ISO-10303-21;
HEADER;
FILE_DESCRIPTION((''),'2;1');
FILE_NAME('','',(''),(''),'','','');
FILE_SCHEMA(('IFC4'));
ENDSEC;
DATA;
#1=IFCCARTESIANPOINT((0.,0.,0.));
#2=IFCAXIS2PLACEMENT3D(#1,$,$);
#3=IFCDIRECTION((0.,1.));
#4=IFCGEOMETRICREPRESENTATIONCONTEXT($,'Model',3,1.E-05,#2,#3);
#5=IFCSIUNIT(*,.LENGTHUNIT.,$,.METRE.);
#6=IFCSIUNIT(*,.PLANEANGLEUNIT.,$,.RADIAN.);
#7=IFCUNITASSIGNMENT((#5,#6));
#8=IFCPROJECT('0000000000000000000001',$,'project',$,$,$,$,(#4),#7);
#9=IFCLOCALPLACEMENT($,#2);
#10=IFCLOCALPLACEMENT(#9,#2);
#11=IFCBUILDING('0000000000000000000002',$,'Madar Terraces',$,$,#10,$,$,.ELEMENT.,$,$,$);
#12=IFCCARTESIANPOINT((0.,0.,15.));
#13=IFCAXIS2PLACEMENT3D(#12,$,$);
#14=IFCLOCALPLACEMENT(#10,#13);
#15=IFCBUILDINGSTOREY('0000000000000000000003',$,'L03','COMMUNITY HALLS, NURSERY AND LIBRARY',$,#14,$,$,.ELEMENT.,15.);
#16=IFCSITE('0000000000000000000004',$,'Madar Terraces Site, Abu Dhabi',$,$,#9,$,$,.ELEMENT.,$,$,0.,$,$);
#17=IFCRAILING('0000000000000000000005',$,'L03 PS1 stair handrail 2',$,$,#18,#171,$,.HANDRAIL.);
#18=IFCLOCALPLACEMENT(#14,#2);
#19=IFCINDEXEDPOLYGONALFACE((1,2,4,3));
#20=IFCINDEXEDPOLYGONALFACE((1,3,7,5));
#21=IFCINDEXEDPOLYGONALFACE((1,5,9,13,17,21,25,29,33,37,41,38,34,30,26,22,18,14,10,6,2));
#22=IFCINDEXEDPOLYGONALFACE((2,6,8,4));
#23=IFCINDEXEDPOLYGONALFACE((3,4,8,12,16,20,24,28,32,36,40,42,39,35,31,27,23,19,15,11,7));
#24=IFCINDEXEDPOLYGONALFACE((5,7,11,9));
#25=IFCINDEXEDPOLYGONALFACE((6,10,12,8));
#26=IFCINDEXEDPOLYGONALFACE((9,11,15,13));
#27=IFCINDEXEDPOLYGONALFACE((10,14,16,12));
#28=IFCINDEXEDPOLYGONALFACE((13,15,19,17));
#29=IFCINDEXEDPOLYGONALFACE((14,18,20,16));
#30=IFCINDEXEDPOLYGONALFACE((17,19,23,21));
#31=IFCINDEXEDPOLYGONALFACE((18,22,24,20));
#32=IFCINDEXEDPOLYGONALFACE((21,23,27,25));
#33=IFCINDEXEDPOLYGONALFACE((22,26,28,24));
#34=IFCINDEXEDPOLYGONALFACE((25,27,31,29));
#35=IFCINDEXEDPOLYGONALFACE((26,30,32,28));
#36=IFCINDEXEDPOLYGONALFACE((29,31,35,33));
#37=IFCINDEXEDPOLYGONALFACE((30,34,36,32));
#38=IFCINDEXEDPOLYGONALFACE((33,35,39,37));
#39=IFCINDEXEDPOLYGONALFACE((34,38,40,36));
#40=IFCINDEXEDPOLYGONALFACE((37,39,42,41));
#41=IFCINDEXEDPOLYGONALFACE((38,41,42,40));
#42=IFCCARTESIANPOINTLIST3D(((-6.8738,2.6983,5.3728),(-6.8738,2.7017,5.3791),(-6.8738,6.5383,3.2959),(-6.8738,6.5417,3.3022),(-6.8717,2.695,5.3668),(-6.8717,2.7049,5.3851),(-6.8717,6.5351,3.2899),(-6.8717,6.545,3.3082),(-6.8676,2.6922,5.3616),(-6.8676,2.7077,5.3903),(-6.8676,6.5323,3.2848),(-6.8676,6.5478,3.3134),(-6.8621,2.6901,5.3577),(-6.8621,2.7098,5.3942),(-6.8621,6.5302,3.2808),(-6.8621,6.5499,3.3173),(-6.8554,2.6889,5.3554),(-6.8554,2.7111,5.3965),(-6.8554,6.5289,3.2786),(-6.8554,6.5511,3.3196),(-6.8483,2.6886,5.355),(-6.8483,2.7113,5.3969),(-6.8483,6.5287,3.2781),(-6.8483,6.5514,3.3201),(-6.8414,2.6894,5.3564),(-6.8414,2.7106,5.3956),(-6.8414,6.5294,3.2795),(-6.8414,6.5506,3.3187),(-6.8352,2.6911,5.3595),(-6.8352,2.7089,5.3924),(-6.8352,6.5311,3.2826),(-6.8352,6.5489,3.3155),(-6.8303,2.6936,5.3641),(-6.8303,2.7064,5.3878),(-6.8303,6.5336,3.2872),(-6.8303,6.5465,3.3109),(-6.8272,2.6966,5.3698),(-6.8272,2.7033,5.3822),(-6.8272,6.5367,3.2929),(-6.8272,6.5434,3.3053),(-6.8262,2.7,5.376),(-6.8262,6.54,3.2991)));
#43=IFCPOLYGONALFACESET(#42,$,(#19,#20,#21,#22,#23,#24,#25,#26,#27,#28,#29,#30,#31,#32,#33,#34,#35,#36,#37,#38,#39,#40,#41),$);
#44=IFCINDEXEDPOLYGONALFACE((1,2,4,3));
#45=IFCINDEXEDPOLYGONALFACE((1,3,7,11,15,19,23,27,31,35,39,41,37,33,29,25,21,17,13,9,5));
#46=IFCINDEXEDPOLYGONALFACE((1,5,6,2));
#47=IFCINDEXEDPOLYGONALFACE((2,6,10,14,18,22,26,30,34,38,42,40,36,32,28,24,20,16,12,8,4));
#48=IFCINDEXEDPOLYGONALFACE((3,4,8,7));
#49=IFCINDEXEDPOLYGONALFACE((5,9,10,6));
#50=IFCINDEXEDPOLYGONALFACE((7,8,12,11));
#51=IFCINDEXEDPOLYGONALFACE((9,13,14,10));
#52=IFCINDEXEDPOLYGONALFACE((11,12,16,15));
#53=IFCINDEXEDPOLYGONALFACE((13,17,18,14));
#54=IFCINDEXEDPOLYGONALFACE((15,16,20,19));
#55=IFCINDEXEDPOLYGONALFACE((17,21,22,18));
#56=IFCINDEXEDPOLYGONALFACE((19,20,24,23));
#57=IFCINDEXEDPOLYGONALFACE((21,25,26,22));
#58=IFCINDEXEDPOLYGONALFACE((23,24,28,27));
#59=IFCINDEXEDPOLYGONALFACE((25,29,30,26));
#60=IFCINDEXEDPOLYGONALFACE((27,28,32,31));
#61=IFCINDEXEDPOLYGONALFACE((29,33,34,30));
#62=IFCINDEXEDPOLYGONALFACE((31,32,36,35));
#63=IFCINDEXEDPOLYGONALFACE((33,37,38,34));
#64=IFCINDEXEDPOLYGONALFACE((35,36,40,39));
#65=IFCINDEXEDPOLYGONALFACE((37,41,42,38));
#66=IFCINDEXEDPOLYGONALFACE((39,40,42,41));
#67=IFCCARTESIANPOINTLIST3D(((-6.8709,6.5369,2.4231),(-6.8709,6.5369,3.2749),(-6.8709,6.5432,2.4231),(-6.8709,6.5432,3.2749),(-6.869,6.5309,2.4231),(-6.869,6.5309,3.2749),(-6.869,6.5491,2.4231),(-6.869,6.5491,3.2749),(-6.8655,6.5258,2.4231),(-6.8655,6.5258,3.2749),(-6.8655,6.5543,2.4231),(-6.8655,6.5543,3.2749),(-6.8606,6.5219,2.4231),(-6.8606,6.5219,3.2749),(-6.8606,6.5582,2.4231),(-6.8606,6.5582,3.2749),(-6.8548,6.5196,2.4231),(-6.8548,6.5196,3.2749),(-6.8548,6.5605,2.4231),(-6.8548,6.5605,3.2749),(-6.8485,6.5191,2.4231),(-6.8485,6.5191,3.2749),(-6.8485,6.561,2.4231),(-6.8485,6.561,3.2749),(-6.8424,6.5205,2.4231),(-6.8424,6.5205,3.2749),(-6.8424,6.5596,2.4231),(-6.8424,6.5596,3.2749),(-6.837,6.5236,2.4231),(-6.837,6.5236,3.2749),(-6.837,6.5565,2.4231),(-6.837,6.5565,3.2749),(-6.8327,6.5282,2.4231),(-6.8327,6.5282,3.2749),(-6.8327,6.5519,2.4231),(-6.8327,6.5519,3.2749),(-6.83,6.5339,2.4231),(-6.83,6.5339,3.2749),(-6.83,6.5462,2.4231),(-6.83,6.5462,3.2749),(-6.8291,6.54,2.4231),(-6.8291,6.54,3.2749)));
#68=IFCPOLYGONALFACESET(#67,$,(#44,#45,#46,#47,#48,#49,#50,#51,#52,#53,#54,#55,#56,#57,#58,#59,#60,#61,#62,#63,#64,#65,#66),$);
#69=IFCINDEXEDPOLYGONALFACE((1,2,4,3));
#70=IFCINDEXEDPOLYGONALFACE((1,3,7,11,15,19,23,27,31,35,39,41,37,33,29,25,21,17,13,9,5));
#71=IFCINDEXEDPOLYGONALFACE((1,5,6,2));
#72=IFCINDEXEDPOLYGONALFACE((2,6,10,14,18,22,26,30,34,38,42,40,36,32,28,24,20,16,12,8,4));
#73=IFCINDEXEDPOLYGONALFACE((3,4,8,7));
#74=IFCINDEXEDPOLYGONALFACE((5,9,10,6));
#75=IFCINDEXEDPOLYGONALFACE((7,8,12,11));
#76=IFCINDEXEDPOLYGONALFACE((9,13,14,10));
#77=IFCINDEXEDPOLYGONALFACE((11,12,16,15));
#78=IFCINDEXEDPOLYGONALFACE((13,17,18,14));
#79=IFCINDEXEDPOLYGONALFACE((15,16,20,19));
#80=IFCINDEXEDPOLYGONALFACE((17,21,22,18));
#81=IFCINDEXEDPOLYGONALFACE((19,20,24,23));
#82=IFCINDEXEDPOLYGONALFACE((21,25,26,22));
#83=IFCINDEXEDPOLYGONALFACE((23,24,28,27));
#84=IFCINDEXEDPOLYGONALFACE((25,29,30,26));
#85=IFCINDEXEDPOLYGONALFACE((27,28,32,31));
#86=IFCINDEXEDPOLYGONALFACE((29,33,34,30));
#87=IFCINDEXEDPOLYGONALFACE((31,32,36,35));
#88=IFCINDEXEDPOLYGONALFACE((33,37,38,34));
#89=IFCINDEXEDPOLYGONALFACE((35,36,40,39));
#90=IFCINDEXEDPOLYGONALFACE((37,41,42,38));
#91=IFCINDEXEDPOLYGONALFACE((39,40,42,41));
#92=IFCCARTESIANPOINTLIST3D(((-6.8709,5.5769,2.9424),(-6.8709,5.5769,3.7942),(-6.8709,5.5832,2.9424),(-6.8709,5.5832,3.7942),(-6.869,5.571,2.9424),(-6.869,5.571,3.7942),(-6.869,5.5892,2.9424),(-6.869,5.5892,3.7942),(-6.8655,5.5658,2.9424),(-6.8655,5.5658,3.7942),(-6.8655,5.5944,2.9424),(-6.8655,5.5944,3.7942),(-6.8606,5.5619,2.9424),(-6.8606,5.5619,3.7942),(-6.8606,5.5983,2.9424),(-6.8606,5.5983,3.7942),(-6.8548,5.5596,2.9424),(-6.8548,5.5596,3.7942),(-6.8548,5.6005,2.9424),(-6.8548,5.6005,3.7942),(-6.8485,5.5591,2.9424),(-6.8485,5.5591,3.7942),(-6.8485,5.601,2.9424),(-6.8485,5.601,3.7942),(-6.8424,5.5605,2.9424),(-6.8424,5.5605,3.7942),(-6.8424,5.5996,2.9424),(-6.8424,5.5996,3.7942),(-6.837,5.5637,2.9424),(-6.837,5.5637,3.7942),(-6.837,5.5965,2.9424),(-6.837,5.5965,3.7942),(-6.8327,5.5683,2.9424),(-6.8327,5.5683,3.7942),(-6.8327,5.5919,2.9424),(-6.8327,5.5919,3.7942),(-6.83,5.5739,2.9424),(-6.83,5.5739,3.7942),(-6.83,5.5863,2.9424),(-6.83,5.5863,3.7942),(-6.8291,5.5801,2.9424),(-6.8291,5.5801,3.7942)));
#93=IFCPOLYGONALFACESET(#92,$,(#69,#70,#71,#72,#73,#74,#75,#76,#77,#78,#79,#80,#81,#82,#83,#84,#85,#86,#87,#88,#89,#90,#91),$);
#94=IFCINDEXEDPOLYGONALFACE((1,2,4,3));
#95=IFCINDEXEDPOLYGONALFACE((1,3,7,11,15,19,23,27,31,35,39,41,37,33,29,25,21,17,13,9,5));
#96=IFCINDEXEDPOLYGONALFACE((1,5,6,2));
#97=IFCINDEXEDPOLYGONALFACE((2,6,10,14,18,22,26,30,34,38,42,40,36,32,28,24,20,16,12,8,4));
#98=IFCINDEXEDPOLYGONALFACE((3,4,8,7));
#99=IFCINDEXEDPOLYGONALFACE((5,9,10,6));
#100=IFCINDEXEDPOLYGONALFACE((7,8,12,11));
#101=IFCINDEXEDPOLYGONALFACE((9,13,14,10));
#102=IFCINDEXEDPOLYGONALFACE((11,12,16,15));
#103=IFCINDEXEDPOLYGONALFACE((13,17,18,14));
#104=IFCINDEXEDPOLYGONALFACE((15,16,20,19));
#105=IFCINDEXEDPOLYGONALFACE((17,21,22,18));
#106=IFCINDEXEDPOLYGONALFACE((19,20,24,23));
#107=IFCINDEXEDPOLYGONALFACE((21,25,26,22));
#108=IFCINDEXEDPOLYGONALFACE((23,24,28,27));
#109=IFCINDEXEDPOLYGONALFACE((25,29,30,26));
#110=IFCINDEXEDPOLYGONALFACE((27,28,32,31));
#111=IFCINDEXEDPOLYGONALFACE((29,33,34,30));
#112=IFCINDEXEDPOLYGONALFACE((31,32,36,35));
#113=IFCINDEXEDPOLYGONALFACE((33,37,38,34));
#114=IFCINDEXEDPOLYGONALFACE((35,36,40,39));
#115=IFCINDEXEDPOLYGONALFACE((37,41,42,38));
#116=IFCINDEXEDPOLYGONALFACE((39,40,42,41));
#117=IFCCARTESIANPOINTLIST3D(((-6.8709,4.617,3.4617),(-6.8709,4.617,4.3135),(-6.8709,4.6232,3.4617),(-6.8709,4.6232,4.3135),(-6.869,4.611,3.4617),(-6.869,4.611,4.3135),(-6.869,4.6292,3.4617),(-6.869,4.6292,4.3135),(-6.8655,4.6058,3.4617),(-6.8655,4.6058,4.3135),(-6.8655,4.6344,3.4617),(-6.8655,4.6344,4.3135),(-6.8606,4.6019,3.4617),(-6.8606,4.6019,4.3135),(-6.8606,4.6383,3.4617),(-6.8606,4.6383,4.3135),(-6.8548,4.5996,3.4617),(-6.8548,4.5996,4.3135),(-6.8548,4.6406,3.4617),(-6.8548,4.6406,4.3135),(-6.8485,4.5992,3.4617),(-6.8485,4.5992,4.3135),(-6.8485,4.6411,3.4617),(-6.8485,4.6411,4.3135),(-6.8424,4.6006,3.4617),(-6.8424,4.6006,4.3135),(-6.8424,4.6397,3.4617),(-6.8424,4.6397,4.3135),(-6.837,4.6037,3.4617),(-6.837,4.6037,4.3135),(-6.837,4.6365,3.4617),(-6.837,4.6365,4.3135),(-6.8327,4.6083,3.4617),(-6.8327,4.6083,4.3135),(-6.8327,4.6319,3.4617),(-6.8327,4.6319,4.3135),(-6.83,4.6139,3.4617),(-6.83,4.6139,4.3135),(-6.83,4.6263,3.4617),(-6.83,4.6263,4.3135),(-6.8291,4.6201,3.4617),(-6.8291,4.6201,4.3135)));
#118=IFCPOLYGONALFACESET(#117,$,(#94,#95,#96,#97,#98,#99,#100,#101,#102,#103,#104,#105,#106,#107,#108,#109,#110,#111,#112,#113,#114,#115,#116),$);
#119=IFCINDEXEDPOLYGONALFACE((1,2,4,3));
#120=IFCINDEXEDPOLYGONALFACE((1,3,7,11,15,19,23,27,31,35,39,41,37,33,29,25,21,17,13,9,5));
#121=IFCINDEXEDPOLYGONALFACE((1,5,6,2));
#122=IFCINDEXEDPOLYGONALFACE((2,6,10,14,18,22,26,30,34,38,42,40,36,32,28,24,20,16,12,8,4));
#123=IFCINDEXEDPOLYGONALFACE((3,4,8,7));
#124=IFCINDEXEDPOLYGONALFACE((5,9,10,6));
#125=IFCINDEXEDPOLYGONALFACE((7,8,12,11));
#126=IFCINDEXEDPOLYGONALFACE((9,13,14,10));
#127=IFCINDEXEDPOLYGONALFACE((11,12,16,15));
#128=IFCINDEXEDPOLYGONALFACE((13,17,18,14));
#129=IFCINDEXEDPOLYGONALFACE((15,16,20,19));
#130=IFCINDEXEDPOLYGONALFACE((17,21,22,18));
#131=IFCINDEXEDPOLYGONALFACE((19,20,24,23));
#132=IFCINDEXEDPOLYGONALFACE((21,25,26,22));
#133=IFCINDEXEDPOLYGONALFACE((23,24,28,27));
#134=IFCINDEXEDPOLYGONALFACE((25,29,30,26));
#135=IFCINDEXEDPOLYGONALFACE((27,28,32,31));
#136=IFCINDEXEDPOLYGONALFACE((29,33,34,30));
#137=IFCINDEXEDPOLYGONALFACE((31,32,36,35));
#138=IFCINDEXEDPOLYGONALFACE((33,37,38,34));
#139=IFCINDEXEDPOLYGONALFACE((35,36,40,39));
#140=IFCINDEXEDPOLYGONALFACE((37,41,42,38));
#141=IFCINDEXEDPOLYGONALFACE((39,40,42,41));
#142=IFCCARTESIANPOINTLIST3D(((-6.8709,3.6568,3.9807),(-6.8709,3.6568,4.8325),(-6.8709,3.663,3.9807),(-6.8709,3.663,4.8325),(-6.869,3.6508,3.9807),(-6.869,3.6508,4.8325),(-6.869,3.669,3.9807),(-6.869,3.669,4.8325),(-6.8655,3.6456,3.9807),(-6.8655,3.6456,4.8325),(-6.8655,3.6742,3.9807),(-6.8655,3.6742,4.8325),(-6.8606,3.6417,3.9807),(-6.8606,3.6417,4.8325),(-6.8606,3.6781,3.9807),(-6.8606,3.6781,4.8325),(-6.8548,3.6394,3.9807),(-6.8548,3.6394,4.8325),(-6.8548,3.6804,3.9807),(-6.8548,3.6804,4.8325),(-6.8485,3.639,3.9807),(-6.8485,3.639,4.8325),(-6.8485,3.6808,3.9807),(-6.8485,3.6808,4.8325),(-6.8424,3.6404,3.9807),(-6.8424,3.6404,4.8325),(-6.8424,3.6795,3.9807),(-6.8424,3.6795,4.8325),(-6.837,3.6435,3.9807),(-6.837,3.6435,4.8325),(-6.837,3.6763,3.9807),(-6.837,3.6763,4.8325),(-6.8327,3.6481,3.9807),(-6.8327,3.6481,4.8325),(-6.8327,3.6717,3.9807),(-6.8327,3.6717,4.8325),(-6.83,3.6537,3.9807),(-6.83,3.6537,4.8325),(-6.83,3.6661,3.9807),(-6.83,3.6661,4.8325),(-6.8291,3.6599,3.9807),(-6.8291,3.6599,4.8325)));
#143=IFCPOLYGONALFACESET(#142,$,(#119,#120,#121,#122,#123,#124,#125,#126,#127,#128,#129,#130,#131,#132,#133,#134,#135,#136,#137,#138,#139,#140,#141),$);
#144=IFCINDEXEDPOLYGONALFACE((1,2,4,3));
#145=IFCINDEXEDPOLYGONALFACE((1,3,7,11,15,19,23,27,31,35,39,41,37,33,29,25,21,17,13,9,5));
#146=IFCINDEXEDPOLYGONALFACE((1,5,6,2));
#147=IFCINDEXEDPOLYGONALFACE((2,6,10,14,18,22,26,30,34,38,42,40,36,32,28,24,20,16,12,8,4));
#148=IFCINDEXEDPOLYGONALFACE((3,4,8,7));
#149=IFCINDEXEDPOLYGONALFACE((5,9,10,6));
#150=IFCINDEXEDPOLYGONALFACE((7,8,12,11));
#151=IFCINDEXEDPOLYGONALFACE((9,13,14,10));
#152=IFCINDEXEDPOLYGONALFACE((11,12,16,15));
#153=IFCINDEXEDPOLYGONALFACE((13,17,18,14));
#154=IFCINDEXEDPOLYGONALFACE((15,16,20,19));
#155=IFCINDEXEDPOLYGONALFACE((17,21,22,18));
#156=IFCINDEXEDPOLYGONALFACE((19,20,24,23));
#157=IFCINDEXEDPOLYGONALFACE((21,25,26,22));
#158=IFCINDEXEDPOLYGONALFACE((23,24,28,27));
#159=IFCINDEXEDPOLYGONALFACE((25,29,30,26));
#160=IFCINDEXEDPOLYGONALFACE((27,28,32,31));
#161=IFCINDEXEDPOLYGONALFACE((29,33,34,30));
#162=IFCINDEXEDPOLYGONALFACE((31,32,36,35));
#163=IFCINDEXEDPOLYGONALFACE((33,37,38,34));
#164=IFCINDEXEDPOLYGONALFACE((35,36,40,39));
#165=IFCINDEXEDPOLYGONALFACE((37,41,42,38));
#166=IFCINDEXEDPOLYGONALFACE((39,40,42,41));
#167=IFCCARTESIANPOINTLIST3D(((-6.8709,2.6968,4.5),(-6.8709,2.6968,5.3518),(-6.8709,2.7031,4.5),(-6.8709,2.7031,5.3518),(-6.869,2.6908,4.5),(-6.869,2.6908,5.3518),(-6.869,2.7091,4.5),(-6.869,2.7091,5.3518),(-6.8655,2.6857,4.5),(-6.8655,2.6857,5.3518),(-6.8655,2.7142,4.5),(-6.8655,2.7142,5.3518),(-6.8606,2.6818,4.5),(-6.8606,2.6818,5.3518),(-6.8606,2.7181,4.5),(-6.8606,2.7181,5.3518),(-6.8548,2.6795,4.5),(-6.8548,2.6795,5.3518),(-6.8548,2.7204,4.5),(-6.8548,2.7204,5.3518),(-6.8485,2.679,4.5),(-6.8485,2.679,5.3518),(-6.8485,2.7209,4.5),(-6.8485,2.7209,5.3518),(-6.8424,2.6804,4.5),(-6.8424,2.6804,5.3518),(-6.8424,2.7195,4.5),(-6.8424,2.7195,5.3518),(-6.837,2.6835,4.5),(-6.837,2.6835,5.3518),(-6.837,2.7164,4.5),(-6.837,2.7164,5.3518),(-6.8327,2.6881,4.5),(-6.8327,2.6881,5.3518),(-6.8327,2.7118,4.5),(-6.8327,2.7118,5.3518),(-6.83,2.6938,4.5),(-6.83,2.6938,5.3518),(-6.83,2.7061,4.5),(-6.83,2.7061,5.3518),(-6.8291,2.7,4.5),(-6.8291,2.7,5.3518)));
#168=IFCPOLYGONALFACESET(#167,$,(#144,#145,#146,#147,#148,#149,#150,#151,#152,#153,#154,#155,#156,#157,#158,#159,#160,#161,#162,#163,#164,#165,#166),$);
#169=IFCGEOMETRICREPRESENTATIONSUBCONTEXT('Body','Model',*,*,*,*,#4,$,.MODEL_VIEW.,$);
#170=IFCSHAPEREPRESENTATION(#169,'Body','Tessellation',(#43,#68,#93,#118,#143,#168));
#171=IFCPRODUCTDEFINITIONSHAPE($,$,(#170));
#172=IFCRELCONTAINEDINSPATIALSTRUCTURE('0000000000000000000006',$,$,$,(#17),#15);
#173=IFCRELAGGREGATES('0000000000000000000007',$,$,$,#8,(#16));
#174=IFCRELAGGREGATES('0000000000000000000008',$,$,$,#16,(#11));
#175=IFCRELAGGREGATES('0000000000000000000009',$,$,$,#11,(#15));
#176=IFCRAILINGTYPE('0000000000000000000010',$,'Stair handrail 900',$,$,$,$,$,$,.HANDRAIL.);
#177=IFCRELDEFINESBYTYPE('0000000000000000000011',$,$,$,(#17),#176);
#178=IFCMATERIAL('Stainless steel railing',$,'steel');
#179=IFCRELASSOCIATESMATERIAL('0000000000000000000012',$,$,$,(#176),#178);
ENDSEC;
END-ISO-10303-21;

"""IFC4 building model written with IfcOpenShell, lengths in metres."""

from ifc_helpers import new_model, si_unit, direction, frame, origin, origin_2d, place, context, subcontext, project, spatial, circle, extrude, material, type_object, element, save


model = new_model("IFC4")

# Units and contexts
model_context = context("Model", 3, precision=1e-05, world=origin(), true_north=direction((0.0, 1.0)))
body_context = subcontext(model_context, "Body", "Model", "MODEL_VIEW")
ifc_project = project(units=[si_unit("LENGTHUNIT", "METRE"), si_unit("PLANEANGLEUNIT", "RADIAN")], contexts=[model_context])

# Site, building, storey
site_placement = place(None, origin())
site = spatial("IfcSite", under=ifc_project, at=site_placement, Name="Madar Terraces Site, Abu Dhabi", CompositionType="ELEMENT", RefElevation=0.0)
building_placement = place(site_placement, origin())
building = spatial("IfcBuilding", under=site, at=building_placement, Name="Madar Terraces", CompositionType="ELEMENT")
storey_placement = place(building_placement, frame((0.0, 0.0, 15.0)))
storey = spatial("IfcBuildingStorey", under=building, at=storey_placement, Name="L03", Description="COMMUNITY HALLS, NURSERY AND LIBRARY", CompositionType="ELEMENT", Elevation=15.0)

# Railing
ifc_material_1 = material(Name="Stainless steel railing", Category="steel")
railing_type_1 = type_object("IfcRailingType", Name="Stair handrail 900", PredefinedType="HANDRAIL", material=ifc_material_1)
railing_1_placement = place(storey_placement, frame((-6.8501, 6.54, 2.4231)))
element("IfcRailing", 1, at=railing_1_placement, inside=storey, type_object=railing_type_1, Name="L03 PS1 stair handrail 2", PredefinedType="HANDRAIL", context=body_context, shape_type="SweptSolid", body=[
    extrude(circle(Radius=0.0239, at=origin_2d()), frame((0.0, 0.0, 0.876), z_axis=(0.0, -0.879593, 0.475726), x_axis=(1.0, 0.0, 0.0)), (0.0, 0.0, 1.0), 4.3657),
    extrude(circle(Radius=0.021, at=origin_2d()), origin(), (0.0, 0.0, 1.0), 0.8518),
    extrude(circle(Radius=0.021, at=origin_2d()), frame((0.0, -0.96, 0.5193)), (0.0, 0.0, 1.0), 0.8518),
    extrude(circle(Radius=0.021, at=origin_2d()), frame((0.0, -1.9199, 1.0386)), (0.0, 0.0, 1.0), 0.8518),
    extrude(circle(Radius=0.021, at=origin_2d()), frame((0.0, -2.8801, 1.5576)), (0.0, 0.0, 1.0), 0.8518),
    extrude(circle(Radius=0.021, at=origin_2d()), frame((0.0, -3.8401, 2.0769)), (0.0, 0.0, 1.0), 0.8518),
])

save(model, "model.ifc")
